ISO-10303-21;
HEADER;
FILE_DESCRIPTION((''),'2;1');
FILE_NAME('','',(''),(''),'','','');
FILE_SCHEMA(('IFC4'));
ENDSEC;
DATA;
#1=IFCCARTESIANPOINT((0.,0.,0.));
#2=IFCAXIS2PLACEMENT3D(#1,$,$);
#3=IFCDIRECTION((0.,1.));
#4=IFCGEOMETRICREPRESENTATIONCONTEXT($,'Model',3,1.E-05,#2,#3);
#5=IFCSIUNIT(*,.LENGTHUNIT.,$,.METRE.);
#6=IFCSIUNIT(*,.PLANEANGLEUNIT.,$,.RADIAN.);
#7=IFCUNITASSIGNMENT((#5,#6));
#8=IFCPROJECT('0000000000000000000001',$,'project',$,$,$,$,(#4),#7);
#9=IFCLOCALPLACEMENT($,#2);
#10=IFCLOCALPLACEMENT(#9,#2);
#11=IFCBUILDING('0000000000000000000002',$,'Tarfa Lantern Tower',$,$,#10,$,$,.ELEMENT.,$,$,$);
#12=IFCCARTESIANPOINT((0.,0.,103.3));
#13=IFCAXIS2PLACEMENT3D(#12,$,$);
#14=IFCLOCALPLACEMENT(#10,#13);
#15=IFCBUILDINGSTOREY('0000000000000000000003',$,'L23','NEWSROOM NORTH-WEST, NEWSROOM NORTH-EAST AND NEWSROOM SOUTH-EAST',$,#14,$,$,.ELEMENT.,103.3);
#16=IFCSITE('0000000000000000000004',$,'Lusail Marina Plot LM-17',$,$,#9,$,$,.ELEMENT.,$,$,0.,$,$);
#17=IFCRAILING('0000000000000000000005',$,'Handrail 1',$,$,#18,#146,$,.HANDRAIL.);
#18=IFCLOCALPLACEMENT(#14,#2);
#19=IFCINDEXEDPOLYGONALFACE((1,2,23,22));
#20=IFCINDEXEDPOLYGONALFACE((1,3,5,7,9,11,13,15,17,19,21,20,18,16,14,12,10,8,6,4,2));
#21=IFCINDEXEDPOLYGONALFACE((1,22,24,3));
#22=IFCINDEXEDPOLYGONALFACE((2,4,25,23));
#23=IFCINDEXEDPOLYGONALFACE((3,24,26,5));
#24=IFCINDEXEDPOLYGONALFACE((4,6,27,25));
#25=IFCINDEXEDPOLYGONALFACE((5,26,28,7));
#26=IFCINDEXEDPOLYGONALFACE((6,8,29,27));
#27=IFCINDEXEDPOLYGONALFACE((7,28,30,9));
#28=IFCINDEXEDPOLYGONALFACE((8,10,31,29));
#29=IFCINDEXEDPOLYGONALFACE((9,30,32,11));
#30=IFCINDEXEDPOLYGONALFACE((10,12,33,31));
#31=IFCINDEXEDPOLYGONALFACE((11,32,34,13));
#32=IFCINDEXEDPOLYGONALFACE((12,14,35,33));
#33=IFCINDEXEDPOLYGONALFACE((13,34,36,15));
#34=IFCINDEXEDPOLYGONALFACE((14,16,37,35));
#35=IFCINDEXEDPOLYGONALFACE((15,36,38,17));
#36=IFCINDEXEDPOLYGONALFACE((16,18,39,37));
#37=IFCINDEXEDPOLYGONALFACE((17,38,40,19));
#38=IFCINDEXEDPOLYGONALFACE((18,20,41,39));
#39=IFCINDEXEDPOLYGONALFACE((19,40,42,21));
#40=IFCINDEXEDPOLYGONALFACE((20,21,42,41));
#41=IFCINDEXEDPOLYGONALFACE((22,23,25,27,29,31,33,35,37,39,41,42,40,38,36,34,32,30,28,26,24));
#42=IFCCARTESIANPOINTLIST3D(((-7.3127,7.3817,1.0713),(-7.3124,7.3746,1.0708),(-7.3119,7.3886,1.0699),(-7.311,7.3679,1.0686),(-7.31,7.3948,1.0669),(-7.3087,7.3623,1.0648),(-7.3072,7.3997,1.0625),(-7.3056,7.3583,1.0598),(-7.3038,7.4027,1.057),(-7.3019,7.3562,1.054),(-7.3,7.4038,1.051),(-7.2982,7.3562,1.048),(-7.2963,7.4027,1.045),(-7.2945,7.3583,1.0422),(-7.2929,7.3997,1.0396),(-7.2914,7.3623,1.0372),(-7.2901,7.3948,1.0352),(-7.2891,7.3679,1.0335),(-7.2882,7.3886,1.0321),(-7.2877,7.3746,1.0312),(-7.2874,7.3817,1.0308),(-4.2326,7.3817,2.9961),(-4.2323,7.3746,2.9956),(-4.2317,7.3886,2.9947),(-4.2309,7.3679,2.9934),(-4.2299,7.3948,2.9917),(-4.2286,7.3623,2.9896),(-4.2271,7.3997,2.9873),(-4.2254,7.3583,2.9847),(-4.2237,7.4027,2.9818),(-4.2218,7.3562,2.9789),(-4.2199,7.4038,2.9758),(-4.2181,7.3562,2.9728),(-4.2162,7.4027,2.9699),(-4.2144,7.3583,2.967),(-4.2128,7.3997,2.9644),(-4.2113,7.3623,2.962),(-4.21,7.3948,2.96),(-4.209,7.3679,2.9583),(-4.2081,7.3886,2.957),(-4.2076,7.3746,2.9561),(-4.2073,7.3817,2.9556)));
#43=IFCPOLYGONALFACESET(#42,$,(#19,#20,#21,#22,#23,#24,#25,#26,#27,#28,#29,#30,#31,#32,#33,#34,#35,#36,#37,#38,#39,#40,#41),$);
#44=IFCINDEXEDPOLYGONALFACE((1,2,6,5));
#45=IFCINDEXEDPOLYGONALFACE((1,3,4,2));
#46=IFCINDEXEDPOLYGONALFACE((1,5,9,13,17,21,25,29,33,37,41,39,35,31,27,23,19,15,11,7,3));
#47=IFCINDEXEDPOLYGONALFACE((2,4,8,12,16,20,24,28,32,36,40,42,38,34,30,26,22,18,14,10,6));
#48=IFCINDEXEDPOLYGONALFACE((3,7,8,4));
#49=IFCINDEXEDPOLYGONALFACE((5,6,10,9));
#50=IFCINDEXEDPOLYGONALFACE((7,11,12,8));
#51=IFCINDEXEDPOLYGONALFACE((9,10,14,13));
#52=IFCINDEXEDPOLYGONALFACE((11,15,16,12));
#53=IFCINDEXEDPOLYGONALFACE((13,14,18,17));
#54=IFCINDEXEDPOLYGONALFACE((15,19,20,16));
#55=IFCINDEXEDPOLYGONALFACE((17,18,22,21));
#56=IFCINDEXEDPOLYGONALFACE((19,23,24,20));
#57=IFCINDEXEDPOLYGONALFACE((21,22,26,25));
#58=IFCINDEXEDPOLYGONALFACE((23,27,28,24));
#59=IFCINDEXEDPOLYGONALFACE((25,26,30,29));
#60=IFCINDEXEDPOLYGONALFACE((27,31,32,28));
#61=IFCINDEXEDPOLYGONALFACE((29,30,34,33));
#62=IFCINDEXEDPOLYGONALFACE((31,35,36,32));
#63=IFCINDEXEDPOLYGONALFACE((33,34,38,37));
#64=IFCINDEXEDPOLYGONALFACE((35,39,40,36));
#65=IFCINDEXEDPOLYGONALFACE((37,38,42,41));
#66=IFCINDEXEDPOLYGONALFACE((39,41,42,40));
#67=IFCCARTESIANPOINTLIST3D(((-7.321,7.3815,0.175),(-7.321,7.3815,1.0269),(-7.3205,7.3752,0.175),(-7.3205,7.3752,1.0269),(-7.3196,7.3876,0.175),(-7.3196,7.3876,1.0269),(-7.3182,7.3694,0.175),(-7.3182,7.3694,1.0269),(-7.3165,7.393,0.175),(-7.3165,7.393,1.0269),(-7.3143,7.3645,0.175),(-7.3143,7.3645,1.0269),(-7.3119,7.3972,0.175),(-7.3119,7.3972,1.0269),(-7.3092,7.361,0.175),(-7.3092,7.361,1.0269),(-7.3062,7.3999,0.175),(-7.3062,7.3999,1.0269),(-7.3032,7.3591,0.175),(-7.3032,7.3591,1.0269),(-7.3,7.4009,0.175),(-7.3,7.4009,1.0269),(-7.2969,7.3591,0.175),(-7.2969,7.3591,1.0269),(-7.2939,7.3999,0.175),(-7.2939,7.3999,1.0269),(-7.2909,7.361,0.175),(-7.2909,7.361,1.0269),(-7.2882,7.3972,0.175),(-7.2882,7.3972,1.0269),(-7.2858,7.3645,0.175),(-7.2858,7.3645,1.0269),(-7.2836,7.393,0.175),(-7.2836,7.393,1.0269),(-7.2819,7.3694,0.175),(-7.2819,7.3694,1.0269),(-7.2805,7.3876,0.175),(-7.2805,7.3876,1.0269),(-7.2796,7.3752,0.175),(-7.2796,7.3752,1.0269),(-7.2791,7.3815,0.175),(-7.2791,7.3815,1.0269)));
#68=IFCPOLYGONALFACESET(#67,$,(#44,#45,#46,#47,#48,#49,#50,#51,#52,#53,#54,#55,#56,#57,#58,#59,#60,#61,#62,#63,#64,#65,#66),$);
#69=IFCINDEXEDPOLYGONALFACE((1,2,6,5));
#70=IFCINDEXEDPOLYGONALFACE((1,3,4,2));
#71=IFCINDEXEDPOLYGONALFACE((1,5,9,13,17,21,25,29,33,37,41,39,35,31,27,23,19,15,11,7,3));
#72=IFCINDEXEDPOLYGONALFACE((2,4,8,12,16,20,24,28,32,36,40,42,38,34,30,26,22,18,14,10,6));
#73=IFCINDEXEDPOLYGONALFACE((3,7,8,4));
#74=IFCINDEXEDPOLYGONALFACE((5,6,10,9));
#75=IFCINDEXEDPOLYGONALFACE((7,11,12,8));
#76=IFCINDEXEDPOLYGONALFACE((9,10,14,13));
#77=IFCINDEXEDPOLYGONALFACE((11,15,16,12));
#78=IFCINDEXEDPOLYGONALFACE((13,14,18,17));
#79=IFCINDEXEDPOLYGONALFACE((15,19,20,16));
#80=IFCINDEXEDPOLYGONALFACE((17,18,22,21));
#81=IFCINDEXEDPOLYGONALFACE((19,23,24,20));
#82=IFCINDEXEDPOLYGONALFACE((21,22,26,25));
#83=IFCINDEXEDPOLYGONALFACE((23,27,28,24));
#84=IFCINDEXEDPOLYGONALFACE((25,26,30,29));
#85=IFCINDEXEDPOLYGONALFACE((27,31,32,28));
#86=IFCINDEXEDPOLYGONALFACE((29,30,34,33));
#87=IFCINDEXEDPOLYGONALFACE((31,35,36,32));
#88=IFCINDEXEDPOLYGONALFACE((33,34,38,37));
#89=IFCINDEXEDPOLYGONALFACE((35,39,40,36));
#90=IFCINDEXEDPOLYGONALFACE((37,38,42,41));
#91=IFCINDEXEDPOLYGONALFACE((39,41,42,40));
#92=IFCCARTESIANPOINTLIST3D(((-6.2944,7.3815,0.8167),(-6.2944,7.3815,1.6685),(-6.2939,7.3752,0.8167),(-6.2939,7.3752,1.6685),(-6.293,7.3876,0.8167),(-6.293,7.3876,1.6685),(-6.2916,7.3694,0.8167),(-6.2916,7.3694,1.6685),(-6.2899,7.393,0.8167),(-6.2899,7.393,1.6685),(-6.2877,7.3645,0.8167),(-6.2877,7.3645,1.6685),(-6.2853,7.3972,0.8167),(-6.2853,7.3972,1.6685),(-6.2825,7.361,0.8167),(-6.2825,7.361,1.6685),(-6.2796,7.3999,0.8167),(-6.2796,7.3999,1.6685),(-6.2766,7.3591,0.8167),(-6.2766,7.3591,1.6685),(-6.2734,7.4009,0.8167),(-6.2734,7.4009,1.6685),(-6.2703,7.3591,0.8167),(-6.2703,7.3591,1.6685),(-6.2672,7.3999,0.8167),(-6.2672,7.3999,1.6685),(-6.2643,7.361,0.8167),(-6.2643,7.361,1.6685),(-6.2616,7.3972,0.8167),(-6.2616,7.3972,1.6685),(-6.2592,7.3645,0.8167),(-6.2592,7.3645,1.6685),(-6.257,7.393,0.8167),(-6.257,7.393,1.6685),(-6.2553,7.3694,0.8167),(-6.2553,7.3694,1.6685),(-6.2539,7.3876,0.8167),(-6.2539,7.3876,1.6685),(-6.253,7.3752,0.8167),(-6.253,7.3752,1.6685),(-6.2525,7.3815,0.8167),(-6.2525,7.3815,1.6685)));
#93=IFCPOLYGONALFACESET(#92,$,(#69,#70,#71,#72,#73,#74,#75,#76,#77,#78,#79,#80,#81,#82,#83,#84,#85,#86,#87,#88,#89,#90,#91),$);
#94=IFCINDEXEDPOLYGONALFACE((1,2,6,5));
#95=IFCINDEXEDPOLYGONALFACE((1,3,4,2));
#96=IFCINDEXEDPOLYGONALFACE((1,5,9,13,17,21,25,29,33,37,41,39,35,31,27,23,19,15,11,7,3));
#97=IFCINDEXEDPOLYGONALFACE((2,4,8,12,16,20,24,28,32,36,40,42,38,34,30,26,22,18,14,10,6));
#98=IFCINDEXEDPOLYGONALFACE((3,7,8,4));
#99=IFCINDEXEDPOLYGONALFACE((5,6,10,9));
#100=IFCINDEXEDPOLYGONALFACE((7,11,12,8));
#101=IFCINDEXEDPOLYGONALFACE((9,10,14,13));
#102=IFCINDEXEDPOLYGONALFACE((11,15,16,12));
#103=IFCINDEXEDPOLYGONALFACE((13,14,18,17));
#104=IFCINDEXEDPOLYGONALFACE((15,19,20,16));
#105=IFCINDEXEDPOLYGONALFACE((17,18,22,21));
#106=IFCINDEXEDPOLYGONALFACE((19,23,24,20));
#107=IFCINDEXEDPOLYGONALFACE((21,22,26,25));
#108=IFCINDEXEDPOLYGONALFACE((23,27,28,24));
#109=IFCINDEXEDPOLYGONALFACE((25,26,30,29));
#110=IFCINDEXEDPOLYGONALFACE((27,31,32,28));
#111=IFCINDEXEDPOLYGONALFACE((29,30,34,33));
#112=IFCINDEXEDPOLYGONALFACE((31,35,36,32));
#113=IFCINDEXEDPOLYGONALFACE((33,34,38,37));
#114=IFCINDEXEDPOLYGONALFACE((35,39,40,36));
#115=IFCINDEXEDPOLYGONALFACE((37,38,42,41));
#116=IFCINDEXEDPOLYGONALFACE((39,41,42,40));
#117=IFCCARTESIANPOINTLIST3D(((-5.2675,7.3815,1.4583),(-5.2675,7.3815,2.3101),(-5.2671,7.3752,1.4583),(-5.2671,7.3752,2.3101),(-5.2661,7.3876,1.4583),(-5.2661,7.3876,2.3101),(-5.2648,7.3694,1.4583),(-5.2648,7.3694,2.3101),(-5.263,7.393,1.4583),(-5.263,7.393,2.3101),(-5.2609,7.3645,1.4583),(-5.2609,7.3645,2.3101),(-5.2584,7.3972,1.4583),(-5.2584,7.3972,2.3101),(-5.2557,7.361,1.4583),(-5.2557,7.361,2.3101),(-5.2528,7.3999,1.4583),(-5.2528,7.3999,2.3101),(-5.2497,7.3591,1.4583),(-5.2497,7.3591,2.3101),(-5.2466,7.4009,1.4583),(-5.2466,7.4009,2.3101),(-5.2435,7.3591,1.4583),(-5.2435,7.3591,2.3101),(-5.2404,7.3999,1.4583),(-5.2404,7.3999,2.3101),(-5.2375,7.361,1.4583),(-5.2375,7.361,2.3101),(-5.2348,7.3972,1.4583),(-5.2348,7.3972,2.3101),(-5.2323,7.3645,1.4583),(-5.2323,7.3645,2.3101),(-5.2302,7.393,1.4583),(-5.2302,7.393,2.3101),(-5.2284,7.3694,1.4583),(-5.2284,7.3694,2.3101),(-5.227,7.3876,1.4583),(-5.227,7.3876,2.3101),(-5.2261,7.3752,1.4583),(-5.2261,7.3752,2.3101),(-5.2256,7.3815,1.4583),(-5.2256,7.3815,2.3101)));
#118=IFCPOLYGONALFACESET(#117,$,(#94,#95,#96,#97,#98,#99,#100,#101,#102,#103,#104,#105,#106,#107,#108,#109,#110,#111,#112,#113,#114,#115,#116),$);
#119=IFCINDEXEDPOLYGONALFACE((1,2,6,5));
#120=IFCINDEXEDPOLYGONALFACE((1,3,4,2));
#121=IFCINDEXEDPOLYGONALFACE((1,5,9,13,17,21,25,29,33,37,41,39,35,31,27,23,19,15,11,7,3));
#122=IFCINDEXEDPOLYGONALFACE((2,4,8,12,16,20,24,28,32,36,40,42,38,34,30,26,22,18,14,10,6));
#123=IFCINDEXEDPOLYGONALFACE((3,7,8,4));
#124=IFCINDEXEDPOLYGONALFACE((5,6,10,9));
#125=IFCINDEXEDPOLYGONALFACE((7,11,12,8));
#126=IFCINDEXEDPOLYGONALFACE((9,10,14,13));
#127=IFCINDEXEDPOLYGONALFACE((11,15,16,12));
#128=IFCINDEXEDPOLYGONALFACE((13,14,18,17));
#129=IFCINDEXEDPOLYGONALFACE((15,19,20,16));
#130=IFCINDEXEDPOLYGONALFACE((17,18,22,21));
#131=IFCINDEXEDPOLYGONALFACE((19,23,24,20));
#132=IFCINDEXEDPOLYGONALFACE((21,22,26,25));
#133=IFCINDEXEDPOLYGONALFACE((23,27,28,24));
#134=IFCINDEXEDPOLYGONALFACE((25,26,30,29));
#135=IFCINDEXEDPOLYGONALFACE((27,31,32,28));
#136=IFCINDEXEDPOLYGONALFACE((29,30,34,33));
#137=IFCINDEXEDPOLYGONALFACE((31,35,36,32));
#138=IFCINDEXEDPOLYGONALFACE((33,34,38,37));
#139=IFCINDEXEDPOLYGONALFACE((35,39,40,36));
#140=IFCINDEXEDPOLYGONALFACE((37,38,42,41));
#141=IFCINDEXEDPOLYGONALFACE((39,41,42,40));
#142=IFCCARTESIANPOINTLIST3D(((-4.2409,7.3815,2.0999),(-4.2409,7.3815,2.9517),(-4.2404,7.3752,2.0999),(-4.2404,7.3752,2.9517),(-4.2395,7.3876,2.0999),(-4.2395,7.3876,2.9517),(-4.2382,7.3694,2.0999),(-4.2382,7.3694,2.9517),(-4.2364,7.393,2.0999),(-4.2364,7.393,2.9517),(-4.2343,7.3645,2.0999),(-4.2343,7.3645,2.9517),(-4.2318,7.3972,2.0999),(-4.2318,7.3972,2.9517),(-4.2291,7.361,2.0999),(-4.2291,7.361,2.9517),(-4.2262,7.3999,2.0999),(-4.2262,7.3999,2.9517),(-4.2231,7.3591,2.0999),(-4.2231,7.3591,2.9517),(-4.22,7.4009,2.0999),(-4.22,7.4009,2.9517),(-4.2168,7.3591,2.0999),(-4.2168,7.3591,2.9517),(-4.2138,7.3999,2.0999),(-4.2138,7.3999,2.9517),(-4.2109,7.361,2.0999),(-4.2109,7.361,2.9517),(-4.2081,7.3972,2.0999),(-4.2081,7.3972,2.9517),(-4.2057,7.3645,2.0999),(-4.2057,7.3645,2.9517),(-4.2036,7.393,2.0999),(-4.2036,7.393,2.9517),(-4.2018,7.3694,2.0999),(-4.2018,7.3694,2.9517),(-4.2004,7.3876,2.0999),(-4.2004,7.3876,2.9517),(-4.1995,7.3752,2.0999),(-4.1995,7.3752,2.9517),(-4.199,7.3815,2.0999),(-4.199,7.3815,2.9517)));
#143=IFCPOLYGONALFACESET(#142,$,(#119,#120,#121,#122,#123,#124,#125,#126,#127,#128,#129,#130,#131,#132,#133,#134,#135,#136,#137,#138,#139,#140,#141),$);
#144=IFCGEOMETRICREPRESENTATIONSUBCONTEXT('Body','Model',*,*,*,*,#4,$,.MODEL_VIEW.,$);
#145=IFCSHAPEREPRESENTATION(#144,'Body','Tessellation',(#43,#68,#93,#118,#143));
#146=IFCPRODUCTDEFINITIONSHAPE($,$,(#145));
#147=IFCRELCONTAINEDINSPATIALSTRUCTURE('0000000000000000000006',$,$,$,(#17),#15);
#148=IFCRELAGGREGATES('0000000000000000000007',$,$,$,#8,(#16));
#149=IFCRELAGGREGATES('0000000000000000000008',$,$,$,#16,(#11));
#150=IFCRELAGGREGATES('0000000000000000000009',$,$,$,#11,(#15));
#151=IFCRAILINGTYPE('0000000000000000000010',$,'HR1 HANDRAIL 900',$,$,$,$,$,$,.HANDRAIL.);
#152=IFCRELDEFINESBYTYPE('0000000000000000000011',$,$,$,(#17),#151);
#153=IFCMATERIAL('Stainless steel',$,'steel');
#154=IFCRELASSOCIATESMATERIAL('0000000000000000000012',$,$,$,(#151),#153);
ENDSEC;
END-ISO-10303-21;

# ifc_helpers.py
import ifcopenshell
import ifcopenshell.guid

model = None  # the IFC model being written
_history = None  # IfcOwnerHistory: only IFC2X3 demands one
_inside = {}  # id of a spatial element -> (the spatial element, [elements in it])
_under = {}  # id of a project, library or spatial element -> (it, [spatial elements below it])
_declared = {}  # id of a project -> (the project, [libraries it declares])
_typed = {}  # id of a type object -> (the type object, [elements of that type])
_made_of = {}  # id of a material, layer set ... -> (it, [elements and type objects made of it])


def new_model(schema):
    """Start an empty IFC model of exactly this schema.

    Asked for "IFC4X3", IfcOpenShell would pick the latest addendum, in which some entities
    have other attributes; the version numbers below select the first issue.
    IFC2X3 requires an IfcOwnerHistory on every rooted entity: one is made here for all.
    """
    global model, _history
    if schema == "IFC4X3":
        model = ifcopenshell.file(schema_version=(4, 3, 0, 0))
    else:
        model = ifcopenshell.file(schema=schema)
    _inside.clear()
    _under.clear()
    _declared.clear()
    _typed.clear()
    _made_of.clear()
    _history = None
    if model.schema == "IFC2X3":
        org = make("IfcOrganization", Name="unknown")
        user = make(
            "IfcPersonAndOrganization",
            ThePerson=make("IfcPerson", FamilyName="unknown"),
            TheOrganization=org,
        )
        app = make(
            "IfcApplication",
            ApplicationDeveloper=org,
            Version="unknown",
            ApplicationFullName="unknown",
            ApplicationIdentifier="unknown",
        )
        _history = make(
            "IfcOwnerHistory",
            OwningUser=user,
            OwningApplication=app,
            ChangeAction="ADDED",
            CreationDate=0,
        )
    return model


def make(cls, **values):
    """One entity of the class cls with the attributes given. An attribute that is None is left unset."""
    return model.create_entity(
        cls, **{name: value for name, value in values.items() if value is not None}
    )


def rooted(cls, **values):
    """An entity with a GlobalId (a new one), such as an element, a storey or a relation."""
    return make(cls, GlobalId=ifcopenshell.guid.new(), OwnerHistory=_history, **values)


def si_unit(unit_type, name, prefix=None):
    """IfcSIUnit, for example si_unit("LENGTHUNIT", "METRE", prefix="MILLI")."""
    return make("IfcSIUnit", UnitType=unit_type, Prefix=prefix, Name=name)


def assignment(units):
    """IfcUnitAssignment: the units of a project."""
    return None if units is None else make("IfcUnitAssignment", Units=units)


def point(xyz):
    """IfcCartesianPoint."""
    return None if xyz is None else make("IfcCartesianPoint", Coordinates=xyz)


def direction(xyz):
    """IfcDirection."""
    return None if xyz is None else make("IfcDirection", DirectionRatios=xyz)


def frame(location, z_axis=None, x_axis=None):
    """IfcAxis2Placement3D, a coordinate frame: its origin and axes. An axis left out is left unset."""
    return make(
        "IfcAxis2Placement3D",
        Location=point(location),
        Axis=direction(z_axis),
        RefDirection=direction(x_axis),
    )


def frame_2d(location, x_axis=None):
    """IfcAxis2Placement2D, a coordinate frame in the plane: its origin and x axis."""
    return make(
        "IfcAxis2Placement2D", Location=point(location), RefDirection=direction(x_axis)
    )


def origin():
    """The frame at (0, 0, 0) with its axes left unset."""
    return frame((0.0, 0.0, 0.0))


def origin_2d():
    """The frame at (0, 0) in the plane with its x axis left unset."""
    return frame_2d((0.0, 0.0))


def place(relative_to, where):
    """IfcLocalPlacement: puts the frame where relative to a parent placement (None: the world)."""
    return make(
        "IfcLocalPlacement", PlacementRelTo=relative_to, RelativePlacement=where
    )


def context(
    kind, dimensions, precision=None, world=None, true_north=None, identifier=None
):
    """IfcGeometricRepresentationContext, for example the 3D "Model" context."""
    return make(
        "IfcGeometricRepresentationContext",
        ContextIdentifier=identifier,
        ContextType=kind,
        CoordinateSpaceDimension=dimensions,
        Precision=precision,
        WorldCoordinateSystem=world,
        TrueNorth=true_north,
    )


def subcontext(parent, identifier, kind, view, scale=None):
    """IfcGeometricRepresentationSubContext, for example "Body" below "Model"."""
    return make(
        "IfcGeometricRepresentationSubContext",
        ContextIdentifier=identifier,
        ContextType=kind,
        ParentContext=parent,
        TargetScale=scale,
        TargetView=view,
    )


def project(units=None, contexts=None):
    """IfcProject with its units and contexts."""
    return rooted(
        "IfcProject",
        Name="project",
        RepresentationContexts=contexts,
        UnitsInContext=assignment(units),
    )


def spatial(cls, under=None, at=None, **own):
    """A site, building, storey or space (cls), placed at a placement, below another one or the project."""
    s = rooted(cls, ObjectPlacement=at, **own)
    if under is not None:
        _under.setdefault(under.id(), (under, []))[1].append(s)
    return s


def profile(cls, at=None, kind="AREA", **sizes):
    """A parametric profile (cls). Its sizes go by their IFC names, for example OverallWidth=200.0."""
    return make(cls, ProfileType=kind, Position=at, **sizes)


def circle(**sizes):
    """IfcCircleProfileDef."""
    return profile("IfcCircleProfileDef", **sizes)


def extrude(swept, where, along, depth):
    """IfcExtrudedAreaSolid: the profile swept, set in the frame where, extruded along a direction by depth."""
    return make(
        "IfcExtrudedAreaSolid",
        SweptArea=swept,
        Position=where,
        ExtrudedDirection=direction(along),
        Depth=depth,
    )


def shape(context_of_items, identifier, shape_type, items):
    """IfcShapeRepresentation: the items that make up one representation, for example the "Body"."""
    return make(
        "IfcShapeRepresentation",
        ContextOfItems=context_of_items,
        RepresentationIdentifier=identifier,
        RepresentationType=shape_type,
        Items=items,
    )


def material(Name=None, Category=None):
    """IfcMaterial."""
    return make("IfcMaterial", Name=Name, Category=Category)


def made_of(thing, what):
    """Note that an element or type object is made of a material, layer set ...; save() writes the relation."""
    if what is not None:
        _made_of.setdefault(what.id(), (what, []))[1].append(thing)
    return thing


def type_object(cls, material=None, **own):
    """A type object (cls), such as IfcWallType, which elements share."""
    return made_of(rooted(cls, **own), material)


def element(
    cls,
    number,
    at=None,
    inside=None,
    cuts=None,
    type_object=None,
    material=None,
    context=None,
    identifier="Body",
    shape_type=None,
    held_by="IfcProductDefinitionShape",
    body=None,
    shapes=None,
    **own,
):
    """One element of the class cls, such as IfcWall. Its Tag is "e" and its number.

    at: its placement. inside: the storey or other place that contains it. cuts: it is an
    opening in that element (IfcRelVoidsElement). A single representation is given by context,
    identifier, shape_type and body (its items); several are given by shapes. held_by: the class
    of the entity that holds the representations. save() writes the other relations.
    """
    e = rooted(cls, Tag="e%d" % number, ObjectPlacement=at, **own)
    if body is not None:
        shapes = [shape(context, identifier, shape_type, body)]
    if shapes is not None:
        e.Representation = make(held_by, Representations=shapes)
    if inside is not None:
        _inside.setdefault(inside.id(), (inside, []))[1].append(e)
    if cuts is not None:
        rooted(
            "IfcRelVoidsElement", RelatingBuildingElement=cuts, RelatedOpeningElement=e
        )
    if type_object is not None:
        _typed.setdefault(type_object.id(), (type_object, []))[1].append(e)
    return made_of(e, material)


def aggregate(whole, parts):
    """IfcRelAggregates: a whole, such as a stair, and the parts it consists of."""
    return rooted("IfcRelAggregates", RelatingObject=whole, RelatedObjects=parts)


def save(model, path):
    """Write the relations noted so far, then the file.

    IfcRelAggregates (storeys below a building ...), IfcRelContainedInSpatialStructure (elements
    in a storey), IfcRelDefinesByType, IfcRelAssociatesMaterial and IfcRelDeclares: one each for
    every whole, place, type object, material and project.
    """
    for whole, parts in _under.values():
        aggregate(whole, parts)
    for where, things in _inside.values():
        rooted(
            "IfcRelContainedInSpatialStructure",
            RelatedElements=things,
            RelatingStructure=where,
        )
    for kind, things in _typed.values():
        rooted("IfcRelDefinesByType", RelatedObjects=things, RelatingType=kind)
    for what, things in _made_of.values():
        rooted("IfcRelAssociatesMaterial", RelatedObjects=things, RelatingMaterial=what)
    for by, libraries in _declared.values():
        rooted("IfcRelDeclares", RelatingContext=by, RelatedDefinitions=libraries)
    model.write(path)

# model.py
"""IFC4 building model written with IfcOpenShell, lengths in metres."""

from ifc_helpers import new_model, si_unit, direction, frame, origin, origin_2d, place, context, subcontext, project, spatial, circle, extrude, material, type_object, element, save


model = new_model("IFC4")

# Units and contexts
model_context = context("Model", 3, precision=1e-05, world=origin(), true_north=direction((0.0, 1.0)))
body_context = subcontext(model_context, "Body", "Model", "MODEL_VIEW")
ifc_project = project(units=[si_unit("LENGTHUNIT", "METRE"), si_unit("PLANEANGLEUNIT", "RADIAN")], contexts=[model_context])

# Site, building, storey
site_placement = place(None, origin())
site = spatial("IfcSite", under=ifc_project, at=site_placement, Name="Lusail Marina Plot LM-17", CompositionType="ELEMENT", RefElevation=0.0)
building_placement = place(site_placement, origin())
building = spatial("IfcBuilding", under=site, at=building_placement, Name="Tarfa Lantern Tower", CompositionType="ELEMENT")
storey_placement = place(building_placement, frame((0.0, 0.0, 103.3)))
storey = spatial("IfcBuildingStorey", under=building, at=storey_placement, Name="L23", Description="NEWSROOM NORTH-WEST, NEWSROOM NORTH-EAST AND NEWSROOM SOUTH-EAST", CompositionType="ELEMENT", Elevation=103.3)

# Railing
ifc_material_1 = material(Name="Stainless steel", Category="steel")
railing_type = type_object("IfcRailingType", Name="HR1 HANDRAIL 900", PredefinedType="HANDRAIL", material=ifc_material_1)
railing_1_placement = place(storey_placement, frame((-7.3, 7.3799, 0.175)))
element("IfcRailing", 1, at=railing_1_placement, inside=storey, type_object=railing_type, Name="Handrail 1", PredefinedType="HANDRAIL", context=body_context, shape_type="SweptSolid", body=[
    extrude(circle(Radius=0.0239, at=origin_2d()), frame((0.0, 0.0, 0.876), z_axis=(0.848029, 0.0, 0.529951), x_axis=(0.0, 1.0, 0.0)), (0.0, 0.0, 1.0), 3.6321),
    extrude(circle(Radius=0.021, at=origin_2d()), frame((0.0, 0.0, 0.0), z_axis=(0.0, 0.0, 1.0), x_axis=(0.0, 1.0, 0.0)), (0.0, 0.0, 1.0), 0.8518),
    extrude(circle(Radius=0.021, at=origin_2d()), frame((1.0266, 0.0, 0.6416), z_axis=(0.0, 0.0, 1.0), x_axis=(0.0, 1.0, 0.0)), (0.0, 0.0, 1.0), 0.8518),
    extrude(circle(Radius=0.021, at=origin_2d()), frame((2.0535, 0.0, 1.2832), z_axis=(0.0, 0.0, 1.0), x_axis=(0.0, 1.0, 0.0)), (0.0, 0.0, 1.0), 0.8518),
    extrude(circle(Radius=0.021, at=origin_2d()), frame((3.0801, 0.0, 1.9248), z_axis=(0.0, 0.0, 1.0), x_axis=(0.0, 1.0, 0.0)), (0.0, 0.0, 1.0), 0.8518),
])

save(model, "model.ifc")
